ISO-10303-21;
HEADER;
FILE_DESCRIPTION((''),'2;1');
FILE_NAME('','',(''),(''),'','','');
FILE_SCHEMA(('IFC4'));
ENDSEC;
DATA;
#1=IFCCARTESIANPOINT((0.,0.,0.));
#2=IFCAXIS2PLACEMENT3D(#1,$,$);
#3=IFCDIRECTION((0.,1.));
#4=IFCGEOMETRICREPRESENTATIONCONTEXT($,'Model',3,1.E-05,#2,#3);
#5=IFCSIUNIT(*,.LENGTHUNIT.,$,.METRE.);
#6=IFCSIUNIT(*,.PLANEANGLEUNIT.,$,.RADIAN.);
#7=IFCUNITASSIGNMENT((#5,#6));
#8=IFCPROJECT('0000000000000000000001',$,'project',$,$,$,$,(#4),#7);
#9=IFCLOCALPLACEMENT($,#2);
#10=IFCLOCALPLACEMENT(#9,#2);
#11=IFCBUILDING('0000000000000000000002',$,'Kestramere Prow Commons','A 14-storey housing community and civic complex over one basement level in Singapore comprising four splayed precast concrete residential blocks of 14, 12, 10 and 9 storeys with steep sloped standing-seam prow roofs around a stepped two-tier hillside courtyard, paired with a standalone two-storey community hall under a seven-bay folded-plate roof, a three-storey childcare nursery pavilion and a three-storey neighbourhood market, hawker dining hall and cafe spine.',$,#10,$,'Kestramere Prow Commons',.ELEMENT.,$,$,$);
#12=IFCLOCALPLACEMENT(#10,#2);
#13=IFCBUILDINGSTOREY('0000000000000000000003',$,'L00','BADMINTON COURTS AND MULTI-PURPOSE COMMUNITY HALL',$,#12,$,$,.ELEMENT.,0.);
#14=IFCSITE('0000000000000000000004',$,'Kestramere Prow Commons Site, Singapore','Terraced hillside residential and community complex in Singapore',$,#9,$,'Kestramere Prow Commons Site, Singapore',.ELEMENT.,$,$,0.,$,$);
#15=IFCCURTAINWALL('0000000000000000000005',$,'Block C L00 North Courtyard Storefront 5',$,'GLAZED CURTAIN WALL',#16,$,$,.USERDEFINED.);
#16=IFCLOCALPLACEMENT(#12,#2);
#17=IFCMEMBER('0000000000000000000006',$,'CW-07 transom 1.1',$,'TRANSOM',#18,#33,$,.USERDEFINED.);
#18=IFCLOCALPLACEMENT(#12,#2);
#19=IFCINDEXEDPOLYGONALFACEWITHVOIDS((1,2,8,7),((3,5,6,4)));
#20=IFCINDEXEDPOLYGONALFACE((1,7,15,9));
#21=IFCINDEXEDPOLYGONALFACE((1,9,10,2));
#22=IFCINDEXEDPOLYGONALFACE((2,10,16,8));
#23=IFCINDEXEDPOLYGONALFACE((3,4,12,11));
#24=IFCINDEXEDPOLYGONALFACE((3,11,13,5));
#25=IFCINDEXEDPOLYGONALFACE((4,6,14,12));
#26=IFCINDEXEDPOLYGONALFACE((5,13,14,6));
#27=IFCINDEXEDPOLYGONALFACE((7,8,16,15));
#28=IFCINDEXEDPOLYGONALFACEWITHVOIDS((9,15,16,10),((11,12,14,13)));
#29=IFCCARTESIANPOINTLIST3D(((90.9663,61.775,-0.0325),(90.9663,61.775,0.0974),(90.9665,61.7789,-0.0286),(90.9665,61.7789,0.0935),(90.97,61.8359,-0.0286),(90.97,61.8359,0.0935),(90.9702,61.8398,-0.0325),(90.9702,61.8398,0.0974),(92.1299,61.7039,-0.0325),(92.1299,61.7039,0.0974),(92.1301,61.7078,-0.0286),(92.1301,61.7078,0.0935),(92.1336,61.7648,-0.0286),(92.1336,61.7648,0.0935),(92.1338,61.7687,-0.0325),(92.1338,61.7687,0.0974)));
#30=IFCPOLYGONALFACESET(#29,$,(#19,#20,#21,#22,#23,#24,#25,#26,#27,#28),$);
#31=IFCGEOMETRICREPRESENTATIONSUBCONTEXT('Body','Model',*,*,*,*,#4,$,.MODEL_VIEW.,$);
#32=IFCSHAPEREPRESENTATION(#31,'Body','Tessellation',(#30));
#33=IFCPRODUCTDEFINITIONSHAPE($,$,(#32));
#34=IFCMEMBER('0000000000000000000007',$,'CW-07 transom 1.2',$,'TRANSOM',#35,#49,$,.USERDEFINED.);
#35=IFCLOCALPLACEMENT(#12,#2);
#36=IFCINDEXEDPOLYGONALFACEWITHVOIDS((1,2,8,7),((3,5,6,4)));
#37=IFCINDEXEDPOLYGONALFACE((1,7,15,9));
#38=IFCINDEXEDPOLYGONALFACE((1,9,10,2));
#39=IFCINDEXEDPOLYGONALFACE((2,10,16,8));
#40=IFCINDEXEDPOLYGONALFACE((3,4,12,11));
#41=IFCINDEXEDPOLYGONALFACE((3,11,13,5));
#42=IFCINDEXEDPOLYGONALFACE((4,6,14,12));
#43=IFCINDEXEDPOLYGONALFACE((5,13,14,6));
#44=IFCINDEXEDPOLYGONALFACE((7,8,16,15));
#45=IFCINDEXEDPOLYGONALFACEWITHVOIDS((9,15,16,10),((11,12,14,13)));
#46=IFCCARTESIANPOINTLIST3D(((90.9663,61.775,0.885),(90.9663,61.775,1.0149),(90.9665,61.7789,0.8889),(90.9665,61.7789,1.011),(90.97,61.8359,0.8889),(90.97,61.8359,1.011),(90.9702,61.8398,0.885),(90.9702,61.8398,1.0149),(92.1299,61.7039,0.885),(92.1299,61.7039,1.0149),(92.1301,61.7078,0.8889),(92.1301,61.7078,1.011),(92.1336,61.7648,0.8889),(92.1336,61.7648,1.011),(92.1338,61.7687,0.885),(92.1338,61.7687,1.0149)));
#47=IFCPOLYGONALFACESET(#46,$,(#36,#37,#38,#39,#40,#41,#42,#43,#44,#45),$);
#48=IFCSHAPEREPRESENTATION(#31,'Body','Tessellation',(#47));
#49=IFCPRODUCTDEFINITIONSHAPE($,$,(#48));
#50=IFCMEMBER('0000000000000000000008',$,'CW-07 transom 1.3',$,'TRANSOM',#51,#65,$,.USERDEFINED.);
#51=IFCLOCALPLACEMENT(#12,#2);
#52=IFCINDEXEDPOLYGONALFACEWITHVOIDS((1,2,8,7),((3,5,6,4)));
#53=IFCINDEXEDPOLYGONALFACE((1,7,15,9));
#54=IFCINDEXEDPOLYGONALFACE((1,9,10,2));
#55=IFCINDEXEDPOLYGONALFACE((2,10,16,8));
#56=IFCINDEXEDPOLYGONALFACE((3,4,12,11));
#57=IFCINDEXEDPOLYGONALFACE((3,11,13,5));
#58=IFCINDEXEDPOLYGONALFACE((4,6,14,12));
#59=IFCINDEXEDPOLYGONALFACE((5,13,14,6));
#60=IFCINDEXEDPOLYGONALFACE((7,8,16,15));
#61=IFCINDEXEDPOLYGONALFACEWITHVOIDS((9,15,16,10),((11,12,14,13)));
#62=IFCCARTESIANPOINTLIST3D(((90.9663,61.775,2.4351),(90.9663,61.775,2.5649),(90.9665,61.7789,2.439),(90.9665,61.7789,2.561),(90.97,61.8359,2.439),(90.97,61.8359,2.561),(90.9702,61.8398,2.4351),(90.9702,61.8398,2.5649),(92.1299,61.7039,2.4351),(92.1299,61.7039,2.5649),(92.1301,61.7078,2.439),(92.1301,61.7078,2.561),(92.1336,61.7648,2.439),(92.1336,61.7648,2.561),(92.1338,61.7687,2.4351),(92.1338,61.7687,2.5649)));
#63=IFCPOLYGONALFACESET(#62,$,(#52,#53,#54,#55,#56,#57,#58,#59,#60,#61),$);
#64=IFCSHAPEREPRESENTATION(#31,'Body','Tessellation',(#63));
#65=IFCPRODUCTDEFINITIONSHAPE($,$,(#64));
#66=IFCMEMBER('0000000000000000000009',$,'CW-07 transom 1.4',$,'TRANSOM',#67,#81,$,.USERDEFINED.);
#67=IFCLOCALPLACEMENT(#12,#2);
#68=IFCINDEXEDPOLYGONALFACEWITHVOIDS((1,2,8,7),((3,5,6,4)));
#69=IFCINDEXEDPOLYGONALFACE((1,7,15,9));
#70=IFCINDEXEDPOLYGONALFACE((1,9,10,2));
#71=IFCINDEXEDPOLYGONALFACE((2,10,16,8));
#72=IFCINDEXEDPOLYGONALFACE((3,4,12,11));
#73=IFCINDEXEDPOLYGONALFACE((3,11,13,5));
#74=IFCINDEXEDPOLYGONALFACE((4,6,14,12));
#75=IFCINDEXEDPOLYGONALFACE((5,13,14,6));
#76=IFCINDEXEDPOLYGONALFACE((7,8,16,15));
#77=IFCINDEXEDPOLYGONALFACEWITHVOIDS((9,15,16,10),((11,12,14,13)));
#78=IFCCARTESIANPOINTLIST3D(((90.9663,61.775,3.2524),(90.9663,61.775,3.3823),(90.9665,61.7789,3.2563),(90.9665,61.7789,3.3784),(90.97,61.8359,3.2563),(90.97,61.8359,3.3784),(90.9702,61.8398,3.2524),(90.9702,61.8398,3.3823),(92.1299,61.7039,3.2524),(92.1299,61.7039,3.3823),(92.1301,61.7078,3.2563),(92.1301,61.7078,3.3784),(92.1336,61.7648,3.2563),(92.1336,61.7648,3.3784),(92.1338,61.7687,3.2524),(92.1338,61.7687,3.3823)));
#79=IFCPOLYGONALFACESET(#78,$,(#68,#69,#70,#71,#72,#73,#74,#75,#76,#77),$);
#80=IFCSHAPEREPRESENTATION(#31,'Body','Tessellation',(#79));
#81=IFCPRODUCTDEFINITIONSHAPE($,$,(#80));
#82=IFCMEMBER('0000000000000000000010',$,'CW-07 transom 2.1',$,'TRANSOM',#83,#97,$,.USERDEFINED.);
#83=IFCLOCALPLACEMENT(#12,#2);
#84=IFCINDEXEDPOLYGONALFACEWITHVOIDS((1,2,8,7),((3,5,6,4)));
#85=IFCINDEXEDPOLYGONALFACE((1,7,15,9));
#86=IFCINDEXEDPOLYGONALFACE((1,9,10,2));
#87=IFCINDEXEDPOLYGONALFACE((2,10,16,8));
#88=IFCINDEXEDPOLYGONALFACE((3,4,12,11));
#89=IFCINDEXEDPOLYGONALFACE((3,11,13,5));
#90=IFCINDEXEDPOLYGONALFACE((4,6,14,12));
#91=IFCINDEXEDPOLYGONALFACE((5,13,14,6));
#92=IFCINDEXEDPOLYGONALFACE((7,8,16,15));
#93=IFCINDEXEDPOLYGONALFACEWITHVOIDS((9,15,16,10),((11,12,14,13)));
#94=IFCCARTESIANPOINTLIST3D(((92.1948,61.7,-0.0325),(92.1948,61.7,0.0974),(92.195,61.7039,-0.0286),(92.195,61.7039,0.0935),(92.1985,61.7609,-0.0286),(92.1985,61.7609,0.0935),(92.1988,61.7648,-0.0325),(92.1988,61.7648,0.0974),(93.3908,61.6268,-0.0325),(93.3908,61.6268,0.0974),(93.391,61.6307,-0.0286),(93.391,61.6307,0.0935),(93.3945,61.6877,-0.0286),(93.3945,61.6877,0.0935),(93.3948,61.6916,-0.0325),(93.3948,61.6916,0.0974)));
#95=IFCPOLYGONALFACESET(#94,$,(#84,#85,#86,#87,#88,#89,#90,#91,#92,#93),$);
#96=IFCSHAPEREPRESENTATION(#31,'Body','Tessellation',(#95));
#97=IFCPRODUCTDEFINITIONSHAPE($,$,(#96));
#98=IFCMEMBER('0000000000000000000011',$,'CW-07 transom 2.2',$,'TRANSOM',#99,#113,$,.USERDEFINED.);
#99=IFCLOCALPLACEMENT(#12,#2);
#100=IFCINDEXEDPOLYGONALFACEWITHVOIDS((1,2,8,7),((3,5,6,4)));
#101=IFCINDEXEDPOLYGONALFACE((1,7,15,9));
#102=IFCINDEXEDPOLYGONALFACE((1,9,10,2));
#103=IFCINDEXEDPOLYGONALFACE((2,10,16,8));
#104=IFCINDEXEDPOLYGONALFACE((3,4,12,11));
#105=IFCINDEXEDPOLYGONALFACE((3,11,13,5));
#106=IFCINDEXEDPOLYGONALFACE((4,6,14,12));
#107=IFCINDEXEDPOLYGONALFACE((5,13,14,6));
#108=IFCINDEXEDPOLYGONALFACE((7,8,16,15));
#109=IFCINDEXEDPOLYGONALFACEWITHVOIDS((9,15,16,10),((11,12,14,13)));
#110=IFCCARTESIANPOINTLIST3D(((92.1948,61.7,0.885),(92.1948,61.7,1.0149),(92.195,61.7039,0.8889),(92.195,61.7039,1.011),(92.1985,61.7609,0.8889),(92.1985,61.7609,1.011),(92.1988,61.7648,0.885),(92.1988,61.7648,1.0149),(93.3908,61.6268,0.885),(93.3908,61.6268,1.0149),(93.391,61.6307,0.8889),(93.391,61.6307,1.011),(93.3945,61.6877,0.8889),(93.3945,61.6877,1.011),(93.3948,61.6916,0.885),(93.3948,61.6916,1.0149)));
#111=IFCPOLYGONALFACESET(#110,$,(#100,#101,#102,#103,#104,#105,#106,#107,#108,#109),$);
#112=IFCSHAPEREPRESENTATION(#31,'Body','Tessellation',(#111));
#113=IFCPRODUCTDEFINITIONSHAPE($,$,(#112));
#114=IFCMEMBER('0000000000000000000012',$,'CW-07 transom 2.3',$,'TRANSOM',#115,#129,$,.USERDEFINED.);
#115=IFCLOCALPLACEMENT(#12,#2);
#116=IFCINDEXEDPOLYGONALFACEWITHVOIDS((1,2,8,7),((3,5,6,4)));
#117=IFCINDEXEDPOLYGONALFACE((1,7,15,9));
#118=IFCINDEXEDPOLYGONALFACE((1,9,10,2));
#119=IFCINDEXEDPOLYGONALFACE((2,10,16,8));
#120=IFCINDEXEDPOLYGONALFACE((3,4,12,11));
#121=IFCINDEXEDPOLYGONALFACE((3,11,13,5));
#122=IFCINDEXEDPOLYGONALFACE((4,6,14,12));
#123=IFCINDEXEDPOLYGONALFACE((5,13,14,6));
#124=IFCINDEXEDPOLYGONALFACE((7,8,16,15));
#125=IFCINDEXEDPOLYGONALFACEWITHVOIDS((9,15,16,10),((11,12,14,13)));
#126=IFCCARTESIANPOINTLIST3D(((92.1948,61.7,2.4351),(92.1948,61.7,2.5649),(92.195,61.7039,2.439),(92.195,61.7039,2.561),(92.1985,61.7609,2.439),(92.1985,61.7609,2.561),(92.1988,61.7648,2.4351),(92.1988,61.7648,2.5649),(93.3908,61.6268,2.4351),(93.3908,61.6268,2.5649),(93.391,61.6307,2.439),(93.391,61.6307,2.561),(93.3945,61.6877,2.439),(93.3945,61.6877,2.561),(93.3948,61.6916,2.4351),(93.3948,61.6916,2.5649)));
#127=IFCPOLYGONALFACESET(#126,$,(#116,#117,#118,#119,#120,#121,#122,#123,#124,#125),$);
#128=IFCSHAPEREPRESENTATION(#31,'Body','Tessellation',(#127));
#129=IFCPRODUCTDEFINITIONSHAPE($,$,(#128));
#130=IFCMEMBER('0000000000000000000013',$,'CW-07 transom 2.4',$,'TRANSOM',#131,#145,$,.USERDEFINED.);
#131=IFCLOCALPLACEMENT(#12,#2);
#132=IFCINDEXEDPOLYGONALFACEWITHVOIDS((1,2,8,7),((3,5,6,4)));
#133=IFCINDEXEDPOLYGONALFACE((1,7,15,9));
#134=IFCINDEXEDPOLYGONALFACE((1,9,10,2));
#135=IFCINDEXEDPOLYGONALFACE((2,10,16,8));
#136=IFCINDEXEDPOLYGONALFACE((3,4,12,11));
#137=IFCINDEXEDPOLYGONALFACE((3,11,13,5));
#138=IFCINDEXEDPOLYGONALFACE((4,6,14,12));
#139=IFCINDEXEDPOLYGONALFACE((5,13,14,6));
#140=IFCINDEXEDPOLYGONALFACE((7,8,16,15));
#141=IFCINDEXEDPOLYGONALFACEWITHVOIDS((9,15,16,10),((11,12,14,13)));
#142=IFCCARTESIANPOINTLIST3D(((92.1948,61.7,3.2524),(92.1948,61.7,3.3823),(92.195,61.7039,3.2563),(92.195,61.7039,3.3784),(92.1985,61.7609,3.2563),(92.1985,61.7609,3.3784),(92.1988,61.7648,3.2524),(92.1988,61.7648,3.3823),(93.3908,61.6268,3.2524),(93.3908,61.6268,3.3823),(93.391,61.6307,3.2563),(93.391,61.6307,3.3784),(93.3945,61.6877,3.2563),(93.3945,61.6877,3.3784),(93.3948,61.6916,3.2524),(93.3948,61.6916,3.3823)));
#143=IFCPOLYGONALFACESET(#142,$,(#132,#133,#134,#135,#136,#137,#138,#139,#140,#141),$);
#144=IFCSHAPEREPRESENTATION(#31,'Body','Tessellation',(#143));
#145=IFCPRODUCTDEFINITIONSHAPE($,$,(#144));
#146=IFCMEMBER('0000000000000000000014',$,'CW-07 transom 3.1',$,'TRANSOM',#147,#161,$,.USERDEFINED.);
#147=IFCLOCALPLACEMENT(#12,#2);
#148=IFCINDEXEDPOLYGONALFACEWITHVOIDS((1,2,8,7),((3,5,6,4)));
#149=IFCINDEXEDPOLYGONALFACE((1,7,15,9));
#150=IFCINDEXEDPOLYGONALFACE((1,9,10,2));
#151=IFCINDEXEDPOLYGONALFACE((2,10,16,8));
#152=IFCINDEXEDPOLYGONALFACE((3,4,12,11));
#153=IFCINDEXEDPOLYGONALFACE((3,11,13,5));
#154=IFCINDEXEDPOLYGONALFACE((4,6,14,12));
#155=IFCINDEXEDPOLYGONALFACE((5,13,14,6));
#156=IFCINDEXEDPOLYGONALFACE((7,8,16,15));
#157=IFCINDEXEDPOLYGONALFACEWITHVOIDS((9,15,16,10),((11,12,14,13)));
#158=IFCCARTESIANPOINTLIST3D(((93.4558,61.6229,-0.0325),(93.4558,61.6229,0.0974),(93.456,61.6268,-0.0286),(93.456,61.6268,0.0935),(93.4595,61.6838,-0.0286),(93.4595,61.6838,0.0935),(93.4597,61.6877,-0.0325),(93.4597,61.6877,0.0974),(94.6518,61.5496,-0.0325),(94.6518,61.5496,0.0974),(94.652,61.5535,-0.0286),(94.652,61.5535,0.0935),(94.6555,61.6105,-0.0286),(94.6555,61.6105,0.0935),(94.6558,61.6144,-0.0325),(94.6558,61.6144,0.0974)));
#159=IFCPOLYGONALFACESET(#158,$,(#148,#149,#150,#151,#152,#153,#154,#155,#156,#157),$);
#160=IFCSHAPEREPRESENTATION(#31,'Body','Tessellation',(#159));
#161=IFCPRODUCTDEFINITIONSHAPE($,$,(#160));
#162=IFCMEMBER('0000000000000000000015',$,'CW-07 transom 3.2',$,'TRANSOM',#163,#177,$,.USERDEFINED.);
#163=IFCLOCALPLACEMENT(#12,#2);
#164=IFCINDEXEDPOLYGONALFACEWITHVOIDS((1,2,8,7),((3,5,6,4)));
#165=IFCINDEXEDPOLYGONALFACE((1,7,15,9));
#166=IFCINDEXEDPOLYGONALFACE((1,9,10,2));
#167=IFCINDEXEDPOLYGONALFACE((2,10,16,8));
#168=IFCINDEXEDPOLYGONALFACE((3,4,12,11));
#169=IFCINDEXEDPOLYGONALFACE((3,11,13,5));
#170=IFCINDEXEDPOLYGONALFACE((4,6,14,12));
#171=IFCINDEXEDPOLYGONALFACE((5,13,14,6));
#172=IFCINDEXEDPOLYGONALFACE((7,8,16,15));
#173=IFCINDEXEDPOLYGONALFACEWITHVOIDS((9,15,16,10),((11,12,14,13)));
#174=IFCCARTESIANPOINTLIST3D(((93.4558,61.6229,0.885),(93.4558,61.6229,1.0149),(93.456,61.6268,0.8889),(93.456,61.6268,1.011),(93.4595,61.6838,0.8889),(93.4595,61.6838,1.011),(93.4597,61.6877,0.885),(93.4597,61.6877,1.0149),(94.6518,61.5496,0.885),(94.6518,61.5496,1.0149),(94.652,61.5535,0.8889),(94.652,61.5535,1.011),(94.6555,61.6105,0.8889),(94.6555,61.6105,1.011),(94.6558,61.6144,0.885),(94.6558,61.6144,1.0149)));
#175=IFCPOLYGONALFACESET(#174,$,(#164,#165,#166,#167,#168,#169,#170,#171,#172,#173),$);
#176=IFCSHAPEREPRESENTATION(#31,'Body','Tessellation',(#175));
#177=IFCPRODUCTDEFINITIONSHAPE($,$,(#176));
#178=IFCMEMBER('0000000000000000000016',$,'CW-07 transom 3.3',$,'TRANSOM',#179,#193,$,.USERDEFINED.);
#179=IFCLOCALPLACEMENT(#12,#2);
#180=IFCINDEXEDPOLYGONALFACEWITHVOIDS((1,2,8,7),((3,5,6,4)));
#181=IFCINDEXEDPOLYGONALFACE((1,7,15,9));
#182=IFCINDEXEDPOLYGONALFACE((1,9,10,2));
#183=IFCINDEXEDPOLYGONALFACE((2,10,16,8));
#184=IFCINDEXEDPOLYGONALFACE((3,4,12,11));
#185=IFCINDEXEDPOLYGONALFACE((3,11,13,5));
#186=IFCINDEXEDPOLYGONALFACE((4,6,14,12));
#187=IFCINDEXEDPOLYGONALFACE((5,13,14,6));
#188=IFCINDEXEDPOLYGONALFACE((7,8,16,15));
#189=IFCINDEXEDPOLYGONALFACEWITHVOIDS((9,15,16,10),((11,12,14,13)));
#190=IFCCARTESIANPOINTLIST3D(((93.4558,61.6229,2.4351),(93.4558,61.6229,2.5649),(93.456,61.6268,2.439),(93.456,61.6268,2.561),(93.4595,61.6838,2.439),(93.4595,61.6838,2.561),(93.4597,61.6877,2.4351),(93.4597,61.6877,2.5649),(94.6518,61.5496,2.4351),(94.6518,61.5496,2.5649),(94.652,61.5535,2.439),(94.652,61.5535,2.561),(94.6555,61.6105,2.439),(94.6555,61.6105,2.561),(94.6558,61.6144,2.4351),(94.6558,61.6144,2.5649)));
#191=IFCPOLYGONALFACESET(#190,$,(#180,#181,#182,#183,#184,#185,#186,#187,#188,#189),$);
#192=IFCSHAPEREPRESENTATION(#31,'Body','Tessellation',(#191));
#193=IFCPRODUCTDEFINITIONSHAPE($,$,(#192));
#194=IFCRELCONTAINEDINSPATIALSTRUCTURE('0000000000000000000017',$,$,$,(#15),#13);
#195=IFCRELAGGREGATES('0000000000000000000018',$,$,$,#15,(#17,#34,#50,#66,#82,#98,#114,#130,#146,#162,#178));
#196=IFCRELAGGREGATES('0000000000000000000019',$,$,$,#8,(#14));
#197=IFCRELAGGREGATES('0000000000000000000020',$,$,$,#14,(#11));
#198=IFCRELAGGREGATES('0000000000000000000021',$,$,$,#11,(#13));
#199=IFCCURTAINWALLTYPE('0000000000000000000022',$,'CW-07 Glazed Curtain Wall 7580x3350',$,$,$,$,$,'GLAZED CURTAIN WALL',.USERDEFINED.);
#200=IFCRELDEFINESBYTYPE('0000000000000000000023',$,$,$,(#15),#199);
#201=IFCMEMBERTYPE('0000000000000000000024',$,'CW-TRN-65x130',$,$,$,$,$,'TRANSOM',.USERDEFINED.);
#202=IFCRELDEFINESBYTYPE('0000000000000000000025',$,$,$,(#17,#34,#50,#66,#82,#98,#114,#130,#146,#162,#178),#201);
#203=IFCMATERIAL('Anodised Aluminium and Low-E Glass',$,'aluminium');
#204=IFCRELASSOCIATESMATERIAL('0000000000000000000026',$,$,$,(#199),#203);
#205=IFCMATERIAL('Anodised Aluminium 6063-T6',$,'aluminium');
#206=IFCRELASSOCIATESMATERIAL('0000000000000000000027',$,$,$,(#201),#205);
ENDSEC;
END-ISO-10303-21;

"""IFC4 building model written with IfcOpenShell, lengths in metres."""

from ifc_helpers import new_model, si_unit, direction, frame, origin, origin_2d, place, context, subcontext, project, spatial, hollow_rectangle, extrude, material, material_profile, profile_set, type_object, element, aggregate, save


model = new_model("IFC4")

# Units and contexts
model_context = context("Model", 3, precision=1e-05, world=origin(), true_north=direction((0.0, 1.0)))
body_context = subcontext(model_context, "Body", "Model", "MODEL_VIEW")
ifc_project = project(units=[si_unit("LENGTHUNIT", "METRE"), si_unit("PLANEANGLEUNIT", "RADIAN")], contexts=[model_context])

# Site, building, storey
site_placement = place(None, origin())
site = spatial("IfcSite", under=ifc_project, at=site_placement, Name="Kestramere Prow Commons Site, Singapore", Description="Terraced hillside residential and community complex in Singapore", LongName="Kestramere Prow Commons Site, Singapore", CompositionType="ELEMENT", RefElevation=0.0)
building_placement = place(site_placement, origin())
building = spatial("IfcBuilding", under=site, at=building_placement, Name="Kestramere Prow Commons", Description="A 14-storey housing community and civic complex over one basement level in Singapore comprising four splayed precast concrete residential blocks of 14, 12, 10 and 9 storeys with steep sloped standing-seam prow roofs around a stepped two-tier hillside courtyard, paired with a standalone two-storey community hall under a seven-bay folded-plate roof, a three-storey childcare nursery pavilion and a three-storey neighbourhood market, hawker dining hall and cafe spine.", LongName="Kestramere Prow Commons", CompositionType="ELEMENT")
storey_placement = place(building_placement, origin())
storey = spatial("IfcBuildingStorey", under=building, at=storey_placement, Name="L00", Description="BADMINTON COURTS AND MULTI-PURPOSE COMMUNITY HALL", CompositionType="ELEMENT", Elevation=0.0)

# Shared definitions
ifc_material_1 = material(Name="Anodised Aluminium and Low-E Glass", Category="aluminium")
curtain_wall_type = type_object("IfcCurtainWallType", Name="CW-07 Glazed Curtain Wall 7580x3350", ElementType="GLAZED CURTAIN WALL", PredefinedType="USERDEFINED", material=ifc_material_1)
ifc_material_2 = material(Name="Anodised Aluminium 6063-T6", Category="aluminium")

# Curtain wall, members
curtain_wall_1_placement = place(storey_placement, origin())
curtain_wall_1 = element("IfcCurtainWall", 1, at=curtain_wall_1_placement, inside=storey, type_object=curtain_wall_type, Name="Block C L00 North Courtyard Storefront 5", ObjectType="GLAZED CURTAIN WALL", PredefinedType="USERDEFINED")
ifc_material_profile_1 = material_profile(ifc_material_2, hollow_rectangle(XDim=0.0649, YDim=0.1299, WallThickness=0.0039, at=origin_2d()), Name="ALU-TRN 65x130")
ifc_profile_set_1 = profile_set([ifc_material_profile_1], Name="Anodised Aluminium 6063-T6")
member_type_1 = type_object("IfcMemberType", Name="CW-TRN-65x130", ElementType="TRANSOM", PredefinedType="USERDEFINED", material=ifc_profile_set_1)
member_1_placement = place(storey_placement, frame((90.9683, 61.8074, 0.0325), z_axis=(0.998141, -0.060944, 0.0), x_axis=(0.060944, 0.998141, 0.0)))
member_1 = element("IfcMember", 2, at=member_1_placement, type_object=member_type_1, Name="CW-07 transom 1.1", ObjectType="TRANSOM", PredefinedType="USERDEFINED", context=body_context, shape_type="SweptSolid", body=[
    extrude(hollow_rectangle(XDim=0.0649, YDim=0.1299, WallThickness=0.0039, at=origin_2d()), origin(), (0.0, 0.0, 1.0), 1.1658),
])
member_2_placement = place(storey_placement, frame((90.9683, 61.8074, 0.95), z_axis=(0.998141, -0.060944, 0.0), x_axis=(0.060944, 0.998141, 0.0)))
member_2 = element("IfcMember", 3, at=member_2_placement, type_object=member_type_1, Name="CW-07 transom 1.2", ObjectType="TRANSOM", PredefinedType="USERDEFINED", context=body_context, shape_type="SweptSolid", body=[
    extrude(hollow_rectangle(XDim=0.0649, YDim=0.1299, WallThickness=0.0039, at=origin_2d()), origin(), (0.0, 0.0, 1.0), 1.1658),
])
member_3_placement = place(storey_placement, frame((90.9683, 61.8074, 2.5), z_axis=(0.998141, -0.060944, 0.0), x_axis=(0.060944, 0.998141, 0.0)))
member_3 = element("IfcMember", 4, at=member_3_placement, type_object=member_type_1, Name="CW-07 transom 1.3", ObjectType="TRANSOM", PredefinedType="USERDEFINED", context=body_context, shape_type="SweptSolid", body=[
    extrude(hollow_rectangle(XDim=0.0649, YDim=0.1299, WallThickness=0.0039, at=origin_2d()), origin(), (0.0, 0.0, 1.0), 1.1658),
])
member_4_placement = place(storey_placement, frame((90.9683, 61.8074, 3.3174), z_axis=(0.998141, -0.060944, 0.0), x_axis=(0.060944, 0.998141, 0.0)))
member_4 = element("IfcMember", 5, at=member_4_placement, type_object=member_type_1, Name="CW-07 transom 1.4", ObjectType="TRANSOM", PredefinedType="USERDEFINED", context=body_context, shape_type="SweptSolid", body=[
    extrude(hollow_rectangle(XDim=0.0649, YDim=0.1299, WallThickness=0.0039, at=origin_2d()), origin(), (0.0, 0.0, 1.0), 1.1658),
])
member_5_placement = place(storey_placement, frame((92.1968, 61.7324, 0.0325), z_axis=(0.99813, -0.061122, 0.0), x_axis=(0.061122, 0.99813, 0.0)))
member_5 = element("IfcMember", 6, at=member_5_placement, type_object=member_type_1, Name="CW-07 transom 2.1", ObjectType="TRANSOM", PredefinedType="USERDEFINED", context=body_context, shape_type="SweptSolid", body=[
    extrude(hollow_rectangle(XDim=0.0649, YDim=0.1299, WallThickness=0.0039, at=origin_2d()), origin(), (0.0, 0.0, 1.0), 1.1982),
])
member_6_placement = place(storey_placement, frame((92.1968, 61.7324, 0.95), z_axis=(0.99813, -0.061122, 0.0), x_axis=(0.061122, 0.99813, 0.0)))
member_6 = element("IfcMember", 7, at=member_6_placement, type_object=member_type_1, Name="CW-07 transom 2.2", ObjectType="TRANSOM", PredefinedType="USERDEFINED", context=body_context, shape_type="SweptSolid", body=[
    extrude(hollow_rectangle(XDim=0.0649, YDim=0.1299, WallThickness=0.0039, at=origin_2d()), origin(), (0.0, 0.0, 1.0), 1.1982),
])
member_7_placement = place(storey_placement, frame((92.1968, 61.7324, 2.5), z_axis=(0.99813, -0.061122, 0.0), x_axis=(0.061122, 0.99813, 0.0)))
member_7 = element("IfcMember", 8, at=member_7_placement, type_object=member_type_1, Name="CW-07 transom 2.3", ObjectType="TRANSOM", PredefinedType="USERDEFINED", context=body_context, shape_type="SweptSolid", body=[
    extrude(hollow_rectangle(XDim=0.0649, YDim=0.1299, WallThickness=0.0039, at=origin_2d()), origin(), (0.0, 0.0, 1.0), 1.1982),
])
member_8_placement = place(storey_placement, frame((92.1968, 61.7324, 3.3174), z_axis=(0.99813, -0.061122, 0.0), x_axis=(0.061122, 0.99813, 0.0)))
member_8 = element("IfcMember", 9, at=member_8_placement, type_object=member_type_1, Name="CW-07 transom 2.4", ObjectType="TRANSOM", PredefinedType="USERDEFINED", context=body_context, shape_type="SweptSolid", body=[
    extrude(hollow_rectangle(XDim=0.0649, YDim=0.1299, WallThickness=0.0039, at=origin_2d()), origin(), (0.0, 0.0, 1.0), 1.1982),
])
member_9_placement = place(storey_placement, frame((93.4578, 61.6553, 0.0325), z_axis=(0.99813, -0.061122, 0.0), x_axis=(0.061122, 0.99813, 0.0)))
member_9 = element("IfcMember", 10, at=member_9_placement, type_object=member_type_1, Name="CW-07 transom 3.1", ObjectType="TRANSOM", PredefinedType="USERDEFINED", context=body_context, shape_type="SweptSolid", body=[
    extrude(hollow_rectangle(XDim=0.0649, YDim=0.1299, WallThickness=0.0039, at=origin_2d()), origin(), (0.0, 0.0, 1.0), 1.1982),
])
member_10_placement = place(storey_placement, frame((93.4578, 61.6553, 0.95), z_axis=(0.99813, -0.061122, 0.0), x_axis=(0.061122, 0.99813, 0.0)))
member_10 = element("IfcMember", 11, at=member_10_placement, type_object=member_type_1, Name="CW-07 transom 3.2", ObjectType="TRANSOM", PredefinedType="USERDEFINED", context=body_context, shape_type="SweptSolid", body=[
    extrude(hollow_rectangle(XDim=0.0649, YDim=0.1299, WallThickness=0.0039, at=origin_2d()), origin(), (0.0, 0.0, 1.0), 1.1982),
])
member_11_placement = place(storey_placement, frame((93.4578, 61.6553, 2.5), z_axis=(0.99813, -0.061122, 0.0), x_axis=(0.061122, 0.99813, 0.0)))
member_11 = element("IfcMember", 12, at=member_11_placement, type_object=member_type_1, Name="CW-07 transom 3.3", ObjectType="TRANSOM", PredefinedType="USERDEFINED", context=body_context, shape_type="SweptSolid", body=[
    extrude(hollow_rectangle(XDim=0.0649, YDim=0.1299, WallThickness=0.0039, at=origin_2d()), origin(), (0.0, 0.0, 1.0), 1.1982),
])

aggregate(curtain_wall_1, [member_1, member_2, member_3, member_4, member_5, member_6, member_7, member_8, member_9, member_10, member_11])

save(model, "model.ifc")
